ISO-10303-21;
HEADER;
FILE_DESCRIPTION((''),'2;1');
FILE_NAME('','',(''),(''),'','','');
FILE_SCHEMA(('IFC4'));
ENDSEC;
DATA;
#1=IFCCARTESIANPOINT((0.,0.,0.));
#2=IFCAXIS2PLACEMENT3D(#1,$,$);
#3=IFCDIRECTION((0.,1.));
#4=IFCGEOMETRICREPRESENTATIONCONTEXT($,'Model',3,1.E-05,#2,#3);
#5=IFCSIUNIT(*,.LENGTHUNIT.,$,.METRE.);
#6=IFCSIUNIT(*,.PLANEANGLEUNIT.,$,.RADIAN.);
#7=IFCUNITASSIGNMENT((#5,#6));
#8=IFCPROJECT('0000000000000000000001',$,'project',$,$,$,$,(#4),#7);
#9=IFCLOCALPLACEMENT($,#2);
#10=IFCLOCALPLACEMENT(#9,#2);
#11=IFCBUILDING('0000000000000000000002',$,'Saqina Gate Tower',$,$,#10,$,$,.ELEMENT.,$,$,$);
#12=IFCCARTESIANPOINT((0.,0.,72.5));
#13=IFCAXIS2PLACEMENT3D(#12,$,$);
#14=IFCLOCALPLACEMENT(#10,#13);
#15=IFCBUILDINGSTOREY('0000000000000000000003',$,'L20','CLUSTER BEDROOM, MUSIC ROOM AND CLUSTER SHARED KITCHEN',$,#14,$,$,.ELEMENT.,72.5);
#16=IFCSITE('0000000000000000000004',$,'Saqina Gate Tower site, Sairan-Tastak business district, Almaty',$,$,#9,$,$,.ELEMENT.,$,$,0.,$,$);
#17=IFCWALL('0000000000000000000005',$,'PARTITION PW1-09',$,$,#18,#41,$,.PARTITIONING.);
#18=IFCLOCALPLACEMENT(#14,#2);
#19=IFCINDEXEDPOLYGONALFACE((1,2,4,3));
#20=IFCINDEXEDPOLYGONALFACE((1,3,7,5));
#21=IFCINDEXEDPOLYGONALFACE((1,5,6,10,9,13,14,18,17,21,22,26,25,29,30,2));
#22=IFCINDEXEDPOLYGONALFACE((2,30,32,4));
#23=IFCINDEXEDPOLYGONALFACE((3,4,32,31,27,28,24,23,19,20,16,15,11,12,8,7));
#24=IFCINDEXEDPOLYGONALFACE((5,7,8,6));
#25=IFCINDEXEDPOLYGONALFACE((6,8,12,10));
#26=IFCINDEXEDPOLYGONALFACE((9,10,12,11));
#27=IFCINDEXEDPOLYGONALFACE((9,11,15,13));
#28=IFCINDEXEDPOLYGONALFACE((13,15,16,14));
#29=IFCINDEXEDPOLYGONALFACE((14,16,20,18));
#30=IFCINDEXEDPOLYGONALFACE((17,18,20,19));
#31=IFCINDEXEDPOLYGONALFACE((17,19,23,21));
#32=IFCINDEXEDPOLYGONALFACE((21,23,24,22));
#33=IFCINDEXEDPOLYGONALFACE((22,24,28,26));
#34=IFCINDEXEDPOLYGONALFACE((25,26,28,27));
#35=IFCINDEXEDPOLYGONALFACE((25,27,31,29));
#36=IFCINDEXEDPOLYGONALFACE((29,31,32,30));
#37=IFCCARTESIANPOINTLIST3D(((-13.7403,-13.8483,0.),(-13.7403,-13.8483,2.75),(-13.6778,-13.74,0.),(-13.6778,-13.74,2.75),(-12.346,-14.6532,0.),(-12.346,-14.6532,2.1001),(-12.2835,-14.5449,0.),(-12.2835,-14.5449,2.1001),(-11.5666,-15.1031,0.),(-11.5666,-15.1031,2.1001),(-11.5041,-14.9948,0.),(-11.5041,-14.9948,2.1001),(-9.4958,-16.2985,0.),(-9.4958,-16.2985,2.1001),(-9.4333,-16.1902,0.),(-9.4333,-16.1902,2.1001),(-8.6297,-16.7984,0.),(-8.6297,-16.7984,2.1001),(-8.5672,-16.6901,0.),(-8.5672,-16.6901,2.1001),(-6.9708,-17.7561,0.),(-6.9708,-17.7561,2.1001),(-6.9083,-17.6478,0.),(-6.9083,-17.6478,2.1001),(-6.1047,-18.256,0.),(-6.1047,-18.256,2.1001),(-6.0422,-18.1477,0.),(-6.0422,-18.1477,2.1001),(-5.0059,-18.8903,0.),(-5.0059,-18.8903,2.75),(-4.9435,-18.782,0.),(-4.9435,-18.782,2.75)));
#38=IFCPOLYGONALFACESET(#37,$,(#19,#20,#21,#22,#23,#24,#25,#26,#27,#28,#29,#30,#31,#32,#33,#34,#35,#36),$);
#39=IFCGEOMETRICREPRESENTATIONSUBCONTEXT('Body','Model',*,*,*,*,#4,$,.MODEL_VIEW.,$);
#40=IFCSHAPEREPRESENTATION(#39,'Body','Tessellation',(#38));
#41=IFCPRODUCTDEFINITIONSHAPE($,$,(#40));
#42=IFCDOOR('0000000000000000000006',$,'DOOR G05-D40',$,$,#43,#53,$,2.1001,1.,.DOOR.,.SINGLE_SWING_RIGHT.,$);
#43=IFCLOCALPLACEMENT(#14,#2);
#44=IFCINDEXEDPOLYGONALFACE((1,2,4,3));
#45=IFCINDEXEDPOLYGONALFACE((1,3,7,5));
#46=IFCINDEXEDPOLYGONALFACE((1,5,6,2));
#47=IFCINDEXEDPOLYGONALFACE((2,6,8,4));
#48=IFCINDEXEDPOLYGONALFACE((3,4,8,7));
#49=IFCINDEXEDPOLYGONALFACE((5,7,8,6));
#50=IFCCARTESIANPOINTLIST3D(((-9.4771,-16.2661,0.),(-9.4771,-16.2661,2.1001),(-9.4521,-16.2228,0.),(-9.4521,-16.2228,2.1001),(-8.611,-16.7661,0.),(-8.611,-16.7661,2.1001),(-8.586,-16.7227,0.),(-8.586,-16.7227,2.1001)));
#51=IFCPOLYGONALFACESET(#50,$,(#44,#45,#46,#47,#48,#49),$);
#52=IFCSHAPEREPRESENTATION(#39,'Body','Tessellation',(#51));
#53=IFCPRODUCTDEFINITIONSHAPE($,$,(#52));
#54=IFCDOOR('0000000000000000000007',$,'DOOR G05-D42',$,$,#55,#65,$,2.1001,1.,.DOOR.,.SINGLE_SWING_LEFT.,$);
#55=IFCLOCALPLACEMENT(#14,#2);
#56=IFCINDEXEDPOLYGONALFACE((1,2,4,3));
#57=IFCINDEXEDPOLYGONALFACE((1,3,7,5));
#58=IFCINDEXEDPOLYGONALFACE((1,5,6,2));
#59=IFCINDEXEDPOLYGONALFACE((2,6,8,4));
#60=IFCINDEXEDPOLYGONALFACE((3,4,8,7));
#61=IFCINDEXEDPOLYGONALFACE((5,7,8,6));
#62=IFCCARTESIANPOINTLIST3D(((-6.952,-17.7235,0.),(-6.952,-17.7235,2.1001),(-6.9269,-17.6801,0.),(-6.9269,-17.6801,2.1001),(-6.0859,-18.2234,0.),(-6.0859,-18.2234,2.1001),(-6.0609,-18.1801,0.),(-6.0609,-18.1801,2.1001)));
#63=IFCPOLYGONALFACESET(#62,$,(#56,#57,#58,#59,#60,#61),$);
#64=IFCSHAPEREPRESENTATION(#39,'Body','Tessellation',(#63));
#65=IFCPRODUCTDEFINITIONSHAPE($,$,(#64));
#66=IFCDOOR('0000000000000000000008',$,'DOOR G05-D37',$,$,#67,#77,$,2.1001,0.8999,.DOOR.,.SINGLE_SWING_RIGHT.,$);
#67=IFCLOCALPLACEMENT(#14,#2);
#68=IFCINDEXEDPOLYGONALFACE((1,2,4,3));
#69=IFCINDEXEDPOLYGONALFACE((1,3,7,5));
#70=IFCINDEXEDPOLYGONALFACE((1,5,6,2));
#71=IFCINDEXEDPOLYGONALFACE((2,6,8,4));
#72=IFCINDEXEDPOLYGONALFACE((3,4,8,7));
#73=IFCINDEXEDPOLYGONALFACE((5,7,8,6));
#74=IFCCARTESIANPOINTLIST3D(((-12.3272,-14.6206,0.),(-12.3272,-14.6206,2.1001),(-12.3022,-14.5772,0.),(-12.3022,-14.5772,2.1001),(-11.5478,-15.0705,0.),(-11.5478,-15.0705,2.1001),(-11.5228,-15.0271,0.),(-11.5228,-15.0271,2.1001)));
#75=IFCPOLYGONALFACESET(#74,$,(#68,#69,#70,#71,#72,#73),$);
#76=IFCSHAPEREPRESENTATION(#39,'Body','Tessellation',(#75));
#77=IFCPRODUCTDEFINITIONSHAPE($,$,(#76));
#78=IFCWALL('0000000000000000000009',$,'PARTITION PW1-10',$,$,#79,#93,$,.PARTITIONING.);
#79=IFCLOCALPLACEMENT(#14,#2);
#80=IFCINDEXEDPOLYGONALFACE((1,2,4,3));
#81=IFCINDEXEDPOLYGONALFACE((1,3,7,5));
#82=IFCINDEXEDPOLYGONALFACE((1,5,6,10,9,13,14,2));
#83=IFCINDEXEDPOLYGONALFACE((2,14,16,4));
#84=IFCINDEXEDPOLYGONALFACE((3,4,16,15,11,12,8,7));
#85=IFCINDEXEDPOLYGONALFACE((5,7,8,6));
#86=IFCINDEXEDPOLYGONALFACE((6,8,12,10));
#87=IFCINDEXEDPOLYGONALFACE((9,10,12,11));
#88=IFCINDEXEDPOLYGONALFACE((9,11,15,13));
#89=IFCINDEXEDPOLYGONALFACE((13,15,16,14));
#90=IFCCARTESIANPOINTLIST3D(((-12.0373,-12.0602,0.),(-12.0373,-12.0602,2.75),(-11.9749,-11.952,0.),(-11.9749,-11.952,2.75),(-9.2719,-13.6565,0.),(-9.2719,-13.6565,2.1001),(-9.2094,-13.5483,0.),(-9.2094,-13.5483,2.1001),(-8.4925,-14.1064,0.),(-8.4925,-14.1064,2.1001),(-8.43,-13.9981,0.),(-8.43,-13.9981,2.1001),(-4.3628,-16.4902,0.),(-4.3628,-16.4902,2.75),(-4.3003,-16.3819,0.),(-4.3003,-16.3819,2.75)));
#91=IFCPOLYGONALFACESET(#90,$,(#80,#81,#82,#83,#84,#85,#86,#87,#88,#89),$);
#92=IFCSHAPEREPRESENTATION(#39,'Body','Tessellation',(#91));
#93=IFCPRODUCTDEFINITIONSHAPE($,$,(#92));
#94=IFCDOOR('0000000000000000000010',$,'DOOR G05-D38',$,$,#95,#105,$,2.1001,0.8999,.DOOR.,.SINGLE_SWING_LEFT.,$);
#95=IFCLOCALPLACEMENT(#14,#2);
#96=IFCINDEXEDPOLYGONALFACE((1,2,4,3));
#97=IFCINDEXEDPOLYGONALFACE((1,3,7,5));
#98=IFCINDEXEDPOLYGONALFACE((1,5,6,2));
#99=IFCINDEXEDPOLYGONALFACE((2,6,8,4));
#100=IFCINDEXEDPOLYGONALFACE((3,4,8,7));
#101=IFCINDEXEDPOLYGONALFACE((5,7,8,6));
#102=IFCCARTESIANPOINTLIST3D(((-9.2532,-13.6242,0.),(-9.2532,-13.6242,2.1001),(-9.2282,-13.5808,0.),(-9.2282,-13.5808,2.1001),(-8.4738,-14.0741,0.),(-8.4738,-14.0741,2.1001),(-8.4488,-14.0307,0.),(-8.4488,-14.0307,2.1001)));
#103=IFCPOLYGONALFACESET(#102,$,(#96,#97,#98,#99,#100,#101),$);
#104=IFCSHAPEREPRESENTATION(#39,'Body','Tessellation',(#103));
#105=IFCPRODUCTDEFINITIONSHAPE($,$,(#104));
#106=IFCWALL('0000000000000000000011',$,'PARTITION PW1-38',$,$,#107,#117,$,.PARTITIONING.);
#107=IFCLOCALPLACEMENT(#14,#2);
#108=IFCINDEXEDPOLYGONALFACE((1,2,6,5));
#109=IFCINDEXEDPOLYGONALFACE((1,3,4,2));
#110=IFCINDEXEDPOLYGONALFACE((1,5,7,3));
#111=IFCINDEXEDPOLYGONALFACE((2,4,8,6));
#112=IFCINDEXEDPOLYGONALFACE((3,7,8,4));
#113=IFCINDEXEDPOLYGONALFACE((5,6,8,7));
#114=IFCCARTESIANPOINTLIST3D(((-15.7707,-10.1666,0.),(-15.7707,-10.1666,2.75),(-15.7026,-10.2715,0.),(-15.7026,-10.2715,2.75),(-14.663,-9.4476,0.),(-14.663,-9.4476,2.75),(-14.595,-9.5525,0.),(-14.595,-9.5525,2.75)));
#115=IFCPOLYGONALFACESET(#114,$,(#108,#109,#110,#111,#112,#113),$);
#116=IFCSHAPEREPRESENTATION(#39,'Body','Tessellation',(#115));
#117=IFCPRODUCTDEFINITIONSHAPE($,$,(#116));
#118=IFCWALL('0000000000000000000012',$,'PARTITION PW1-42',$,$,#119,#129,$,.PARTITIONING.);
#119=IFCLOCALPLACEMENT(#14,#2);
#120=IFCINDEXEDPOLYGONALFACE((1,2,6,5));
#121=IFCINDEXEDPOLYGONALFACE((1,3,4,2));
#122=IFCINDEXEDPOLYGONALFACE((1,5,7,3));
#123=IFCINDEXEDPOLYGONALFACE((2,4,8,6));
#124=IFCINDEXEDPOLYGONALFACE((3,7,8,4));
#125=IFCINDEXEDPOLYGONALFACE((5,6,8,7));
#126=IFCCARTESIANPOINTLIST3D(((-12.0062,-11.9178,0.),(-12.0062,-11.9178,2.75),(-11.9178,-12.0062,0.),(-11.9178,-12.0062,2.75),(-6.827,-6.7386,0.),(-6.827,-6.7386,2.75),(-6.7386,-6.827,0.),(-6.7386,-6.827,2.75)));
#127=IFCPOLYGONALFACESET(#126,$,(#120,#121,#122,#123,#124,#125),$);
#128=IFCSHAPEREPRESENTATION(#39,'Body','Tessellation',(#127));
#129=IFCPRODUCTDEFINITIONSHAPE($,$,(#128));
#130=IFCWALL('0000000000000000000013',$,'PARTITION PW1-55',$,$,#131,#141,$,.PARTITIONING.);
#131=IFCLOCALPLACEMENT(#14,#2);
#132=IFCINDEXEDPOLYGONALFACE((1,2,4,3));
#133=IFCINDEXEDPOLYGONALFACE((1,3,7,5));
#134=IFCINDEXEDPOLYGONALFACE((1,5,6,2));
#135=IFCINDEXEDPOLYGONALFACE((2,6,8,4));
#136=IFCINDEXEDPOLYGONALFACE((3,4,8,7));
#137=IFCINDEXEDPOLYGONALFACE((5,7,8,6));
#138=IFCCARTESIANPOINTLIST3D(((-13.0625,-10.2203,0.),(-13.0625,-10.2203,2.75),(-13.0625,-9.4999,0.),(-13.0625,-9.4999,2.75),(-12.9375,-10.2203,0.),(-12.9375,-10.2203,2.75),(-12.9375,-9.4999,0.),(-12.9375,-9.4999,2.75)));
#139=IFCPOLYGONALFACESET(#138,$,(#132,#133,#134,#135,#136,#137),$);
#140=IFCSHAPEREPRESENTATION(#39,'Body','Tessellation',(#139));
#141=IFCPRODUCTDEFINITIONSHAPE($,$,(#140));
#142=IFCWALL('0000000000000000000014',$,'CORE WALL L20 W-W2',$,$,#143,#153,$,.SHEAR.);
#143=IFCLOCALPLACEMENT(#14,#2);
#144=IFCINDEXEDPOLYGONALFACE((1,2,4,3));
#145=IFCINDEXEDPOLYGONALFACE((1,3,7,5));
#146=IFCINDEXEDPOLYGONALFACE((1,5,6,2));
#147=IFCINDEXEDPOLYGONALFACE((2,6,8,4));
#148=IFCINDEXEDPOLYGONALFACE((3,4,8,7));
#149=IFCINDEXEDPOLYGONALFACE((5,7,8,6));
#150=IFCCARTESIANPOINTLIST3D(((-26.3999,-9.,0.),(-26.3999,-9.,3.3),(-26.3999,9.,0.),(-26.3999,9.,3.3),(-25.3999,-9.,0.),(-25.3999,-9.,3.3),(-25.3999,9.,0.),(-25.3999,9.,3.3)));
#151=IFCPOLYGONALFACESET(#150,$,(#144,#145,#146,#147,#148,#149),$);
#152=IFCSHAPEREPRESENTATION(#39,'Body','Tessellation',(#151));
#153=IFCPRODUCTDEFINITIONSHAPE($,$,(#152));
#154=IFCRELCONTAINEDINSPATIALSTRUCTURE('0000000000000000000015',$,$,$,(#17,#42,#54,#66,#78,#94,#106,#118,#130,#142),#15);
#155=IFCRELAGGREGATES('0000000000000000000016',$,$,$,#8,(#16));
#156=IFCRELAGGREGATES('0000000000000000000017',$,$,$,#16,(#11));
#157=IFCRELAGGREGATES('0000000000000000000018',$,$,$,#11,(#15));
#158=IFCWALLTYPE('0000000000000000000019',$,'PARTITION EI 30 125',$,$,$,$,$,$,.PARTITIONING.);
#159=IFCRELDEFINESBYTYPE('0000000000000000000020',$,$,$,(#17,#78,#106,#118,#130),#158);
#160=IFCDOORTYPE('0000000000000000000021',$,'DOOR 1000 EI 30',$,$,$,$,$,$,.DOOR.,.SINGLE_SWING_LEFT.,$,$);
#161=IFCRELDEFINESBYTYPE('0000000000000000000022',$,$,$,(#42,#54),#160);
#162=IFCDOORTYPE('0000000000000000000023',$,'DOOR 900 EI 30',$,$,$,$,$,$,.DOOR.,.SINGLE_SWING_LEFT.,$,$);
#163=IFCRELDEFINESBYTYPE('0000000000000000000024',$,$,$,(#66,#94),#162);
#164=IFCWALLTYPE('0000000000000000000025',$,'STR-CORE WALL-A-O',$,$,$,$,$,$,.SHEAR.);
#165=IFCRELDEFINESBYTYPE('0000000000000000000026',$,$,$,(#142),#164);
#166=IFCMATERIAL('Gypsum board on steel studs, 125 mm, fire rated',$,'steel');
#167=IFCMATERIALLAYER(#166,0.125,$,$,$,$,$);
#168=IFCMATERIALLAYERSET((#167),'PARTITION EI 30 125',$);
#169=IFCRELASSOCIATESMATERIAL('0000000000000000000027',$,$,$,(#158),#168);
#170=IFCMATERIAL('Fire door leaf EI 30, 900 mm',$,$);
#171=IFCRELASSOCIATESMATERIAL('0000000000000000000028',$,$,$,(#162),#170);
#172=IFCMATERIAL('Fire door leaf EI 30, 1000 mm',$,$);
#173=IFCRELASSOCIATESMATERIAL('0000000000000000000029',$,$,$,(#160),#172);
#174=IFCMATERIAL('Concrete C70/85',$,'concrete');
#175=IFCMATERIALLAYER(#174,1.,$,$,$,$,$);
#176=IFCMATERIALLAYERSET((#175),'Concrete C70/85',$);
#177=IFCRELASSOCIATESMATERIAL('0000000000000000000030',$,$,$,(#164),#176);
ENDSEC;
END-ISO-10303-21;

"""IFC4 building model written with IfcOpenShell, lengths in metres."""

from ifc_helpers import new_model, si_unit, direction, frame, frame_2d, origin, place, context, subcontext, project, spatial, rectangle, extrude, material, layer, layer_set, type_object, element, fill, save


model = new_model("IFC4")

# Units and contexts
model_context = context("Model", 3, precision=1e-05, world=origin(), true_north=direction((0.0, 1.0)))
body_context = subcontext(model_context, "Body", "Model", "MODEL_VIEW")
ifc_project = project(units=[si_unit("LENGTHUNIT", "METRE"), si_unit("PLANEANGLEUNIT", "RADIAN")], contexts=[model_context])

# Site, building, storey
site_placement = place(None, origin())
site = spatial("IfcSite", under=ifc_project, at=site_placement, Name="Saqina Gate Tower site, Sairan-Tastak business district, Almaty", CompositionType="ELEMENT", RefElevation=0.0)
building_placement = place(site_placement, origin())
building = spatial("IfcBuilding", under=site, at=building_placement, Name="Saqina Gate Tower", CompositionType="ELEMENT")
storey_placement = place(building_placement, frame((0.0, 0.0, 72.5)))
storey = spatial("IfcBuildingStorey", under=building, at=storey_placement, Name="L20", Description="CLUSTER BEDROOM, MUSIC ROOM AND CLUSTER SHARED KITCHEN", CompositionType="ELEMENT", Elevation=72.5)

# Shared definitions
ifc_material_1 = material(Name="Gypsum board on steel studs, 125 mm, fire rated", Category="steel")
ifc_layer_1 = layer(ifc_material_1, 0.125)
ifc_layer_set_1 = layer_set([ifc_layer_1], Name="PARTITION EI 30 125")
wall_type_1 = type_object("IfcWallType", Name="PARTITION EI 30 125", PredefinedType="PARTITIONING", material=ifc_layer_set_1)
ifc_material_2 = material(Name="Fire door leaf EI 30, 900 mm")
door_type_1 = type_object("IfcDoorType", Name="DOOR 900 EI 30", OperationType="SINGLE_SWING_LEFT", PredefinedType="DOOR", material=ifc_material_2)

# Wall, openings, doors
wall_1_placement = place(storey_placement, frame((-13.709, -13.7942, 0.0), z_axis=(0.0, 0.0, 1.0), x_axis=(0.86606, -0.49994, 0.0)))
wall_1 = element("IfcWall", 1, at=wall_1_placement, inside=storey, type_object=wall_type_1, Name="PARTITION PW1-09", PredefinedType="PARTITIONING", context=body_context, shape_type="SweptSolid", body=[
    extrude(rectangle(XDim=10.0852, YDim=0.125, at=frame_2d((5.0425, 0.0))), origin(), (0.0, 0.0, 1.0), 2.75),
])
opening_1_placement = place(wall_1_placement, frame((1.6099, 0.0, 0.0)))
opening_1 = element("IfcOpeningElement", 2, at=opening_1_placement, cuts=wall_1, PredefinedType="OPENING", context=body_context, shape_type="SweptSolid", body=[
    extrude(rectangle(XDim=0.8999, YDim=2.1001, at=frame_2d((0.45, 1.05))), frame((0.0, 0.0745, 0.0), z_axis=(0.0, -1.0, 0.0), x_axis=(1.0, 0.0, 0.0)), (0.0, 0.0, 1.0), 0.1489),
])
opening_2_placement = place(wall_1_placement, frame((4.9009, 0.0, 0.0)))
opening_2 = element("IfcOpeningElement", 3, at=opening_2_placement, cuts=wall_1, PredefinedType="OPENING", context=body_context, shape_type="SweptSolid", body=[
    extrude(rectangle(XDim=1.0, YDim=2.1001, at=frame_2d((0.5, 1.05))), frame((0.0, 0.0745, 0.0), z_axis=(0.0, -1.0, 0.0), x_axis=(1.0, 0.0, 0.0)), (0.0, 0.0, 1.0), 0.1489),
])
opening_3_placement = place(wall_1_placement, frame((7.8164, 0.0, 0.0)))
opening_3 = element("IfcOpeningElement", 4, at=opening_3_placement, cuts=wall_1, PredefinedType="OPENING", context=body_context, shape_type="SweptSolid", body=[
    extrude(rectangle(XDim=1.0, YDim=2.1001, at=frame_2d((0.5, 1.05))), frame((0.0, 0.0745, 0.0), z_axis=(0.0, -1.0, 0.0), x_axis=(1.0, 0.0, 0.0)), (0.0, 0.0, 1.0), 0.1489),
])
ifc_material_3 = material(Name="Fire door leaf EI 30, 1000 mm")
door_type_2 = type_object("IfcDoorType", Name="DOOR 1000 EI 30", OperationType="SINGLE_SWING_LEFT", PredefinedType="DOOR", material=ifc_material_3)
door_1_placement = place(opening_2_placement, origin())
door_1 = element("IfcDoor", 5, at=door_1_placement, inside=storey, type_object=door_type_2, Name="DOOR G05-D40", OperationType="SINGLE_SWING_RIGHT", OverallHeight=2.1001, OverallWidth=1.0, PredefinedType="DOOR", context=body_context, shape_type="SweptSolid", body=[
    extrude(rectangle(XDim=1.0, YDim=2.1001, at=frame_2d((0.5, 1.05))), frame((0.0, 0.0249, 0.0), z_axis=(0.0, -1.0, 0.0), x_axis=(1.0, 0.0, 0.0)), (0.0, 0.0, 1.0), 0.05),
])
fill(opening_2, door_1)
door_2_placement = place(opening_3_placement, frame((1.0, 0.0, 0.0), z_axis=(0.0, 0.0, 1.0), x_axis=(-1.0, 0.0, 0.0)))
door_2 = element("IfcDoor", 6, at=door_2_placement, inside=storey, type_object=door_type_2, Name="DOOR G05-D42", OperationType="SINGLE_SWING_LEFT", OverallHeight=2.1001, OverallWidth=1.0, PredefinedType="DOOR", context=body_context, shape_type="SweptSolid", body=[
    extrude(rectangle(XDim=1.0, YDim=2.1001, at=frame_2d((0.5, 1.05))), frame((0.0, 0.0249, 0.0), z_axis=(0.0, -1.0, 0.0), x_axis=(1.0, 0.0, 0.0)), (0.0, 0.0, 1.0), 0.05),
])
fill(opening_3, door_2)
door_3_placement = place(opening_1_placement, frame((0.8999, 0.0, 0.0), z_axis=(0.0, 0.0, 1.0), x_axis=(-1.0, 0.0, 0.0)))
door_3 = element("IfcDoor", 7, at=door_3_placement, inside=storey, type_object=door_type_1, Name="DOOR G05-D37", OperationType="SINGLE_SWING_RIGHT", OverallHeight=2.1001, OverallWidth=0.8999, PredefinedType="DOOR", context=body_context, shape_type="SweptSolid", body=[
    extrude(rectangle(XDim=0.8999, YDim=2.1001, at=frame_2d((0.45, 1.05))), frame((0.0, 0.0249, 0.0), z_axis=(0.0, -1.0, 0.0), x_axis=(1.0, 0.0, 0.0)), (0.0, 0.0, 1.0), 0.05),
])
fill(opening_1, door_3)

# Wall, opening, door
wall_2_placement = place(storey_placement, frame((-12.0061, -12.0061, 0.0), z_axis=(0.0, 0.0, 1.0), x_axis=(0.866073, -0.499917, 0.0)))
wall_2 = element("IfcWall", 8, at=wall_2_placement, inside=storey, type_object=wall_type_1, Name="PARTITION PW1-10", PredefinedType="PARTITIONING", context=body_context, shape_type="SweptSolid", body=[
    extrude(rectangle(XDim=8.8613, YDim=0.125, at=frame_2d((4.4307, 0.0))), origin(), (0.0, 0.0, 1.0), 2.75),
])
opening_4_placement = place(wall_2_placement, frame((3.1931, 0.0, 0.0)))
opening_4 = element("IfcOpeningElement", 9, at=opening_4_placement, cuts=wall_2, PredefinedType="OPENING", context=body_context, shape_type="SweptSolid", body=[
    extrude(rectangle(XDim=0.8999, YDim=2.1001, at=frame_2d((0.45, 1.05))), frame((0.0, 0.0745, 0.0), z_axis=(0.0, -1.0, 0.0), x_axis=(1.0, 0.0, 0.0)), (0.0, 0.0, 1.0), 0.1489),
])
door_4_placement = place(opening_4_placement, origin())
door_4 = element("IfcDoor", 10, at=door_4_placement, inside=storey, type_object=door_type_1, Name="DOOR G05-D38", OperationType="SINGLE_SWING_LEFT", OverallHeight=2.1001, OverallWidth=0.8999, PredefinedType="DOOR", context=body_context, shape_type="SweptSolid", body=[
    extrude(rectangle(XDim=0.8999, YDim=2.1001, at=frame_2d((0.45, 1.05))), frame((0.0, 0.0249, 0.0), z_axis=(0.0, -1.0, 0.0), x_axis=(1.0, 0.0, 0.0)), (0.0, 0.0, 1.0), 0.05),
])
fill(opening_4, door_4)

# Walls
wall_3_placement = place(storey_placement, frame((-15.7366, -10.219, 0.0), z_axis=(0.0, 0.0, 1.0), x_axis=(0.838786, 0.544462, 0.0)))
element("IfcWall", 11, at=wall_3_placement, inside=storey, type_object=wall_type_1, Name="PARTITION PW1-38", PredefinedType="PARTITIONING", context=body_context, shape_type="SweptSolid", body=[
    extrude(rectangle(XDim=1.3206, YDim=0.125, at=frame_2d((0.6602, 0.0))), origin(), (0.0, 0.0, 1.0), 2.75),
])
wall_4_placement = place(storey_placement, frame((-11.9619, -11.9619, 0.0), z_axis=(0.0, 0.0, 1.0), x_axis=(0.707107, 0.707107, 0.0)))
element("IfcWall", 12, at=wall_4_placement, inside=storey, type_object=wall_type_1, Name="PARTITION PW1-42", PredefinedType="PARTITIONING", context=body_context, shape_type="SweptSolid", body=[
    extrude(rectangle(XDim=7.3245, YDim=0.125, at=frame_2d((3.6621, 0.0))), origin(), (0.0, 0.0, 1.0), 2.75),
])
wall_5_placement = place(storey_placement, frame((-13.0, -10.2205, 0.0), z_axis=(0.0, 0.0, 1.0), x_axis=(0.0, 1.0, 0.0)))
element("IfcWall", 13, at=wall_5_placement, inside=storey, type_object=wall_type_1, Name="PARTITION PW1-55", PredefinedType="PARTITIONING", context=body_context, shape_type="SweptSolid", body=[
    extrude(rectangle(XDim=0.7205, YDim=0.125, at=frame_2d((0.3604, 0.0))), origin(), (0.0, 0.0, 1.0), 2.75),
])
ifc_material_4 = material(Name="Concrete C70/85", Category="concrete")
ifc_layer_2 = layer(ifc_material_4, 1.0)
ifc_layer_set_2 = layer_set([ifc_layer_2], Name="Concrete C70/85")
wall_type_2 = type_object("IfcWallType", Name="STR-CORE WALL-A-O", PredefinedType="SHEAR", material=ifc_layer_set_2)
wall_6_placement = place(storey_placement, frame((-25.8999, -9.0, 0.0), z_axis=(0.0, 0.0, 1.0), x_axis=(0.0, 1.0, 0.0)))
element("IfcWall", 14, at=wall_6_placement, inside=storey, type_object=wall_type_2, Name="CORE WALL L20 W-W2", PredefinedType="SHEAR", context=body_context, shape_type="SweptSolid", body=[
    extrude(rectangle(XDim=18.0, YDim=1.0, at=frame_2d((9.0, 0.0))), origin(), (0.0, 0.0, 1.0), 3.3),
])

save(model, "model.ifc")
